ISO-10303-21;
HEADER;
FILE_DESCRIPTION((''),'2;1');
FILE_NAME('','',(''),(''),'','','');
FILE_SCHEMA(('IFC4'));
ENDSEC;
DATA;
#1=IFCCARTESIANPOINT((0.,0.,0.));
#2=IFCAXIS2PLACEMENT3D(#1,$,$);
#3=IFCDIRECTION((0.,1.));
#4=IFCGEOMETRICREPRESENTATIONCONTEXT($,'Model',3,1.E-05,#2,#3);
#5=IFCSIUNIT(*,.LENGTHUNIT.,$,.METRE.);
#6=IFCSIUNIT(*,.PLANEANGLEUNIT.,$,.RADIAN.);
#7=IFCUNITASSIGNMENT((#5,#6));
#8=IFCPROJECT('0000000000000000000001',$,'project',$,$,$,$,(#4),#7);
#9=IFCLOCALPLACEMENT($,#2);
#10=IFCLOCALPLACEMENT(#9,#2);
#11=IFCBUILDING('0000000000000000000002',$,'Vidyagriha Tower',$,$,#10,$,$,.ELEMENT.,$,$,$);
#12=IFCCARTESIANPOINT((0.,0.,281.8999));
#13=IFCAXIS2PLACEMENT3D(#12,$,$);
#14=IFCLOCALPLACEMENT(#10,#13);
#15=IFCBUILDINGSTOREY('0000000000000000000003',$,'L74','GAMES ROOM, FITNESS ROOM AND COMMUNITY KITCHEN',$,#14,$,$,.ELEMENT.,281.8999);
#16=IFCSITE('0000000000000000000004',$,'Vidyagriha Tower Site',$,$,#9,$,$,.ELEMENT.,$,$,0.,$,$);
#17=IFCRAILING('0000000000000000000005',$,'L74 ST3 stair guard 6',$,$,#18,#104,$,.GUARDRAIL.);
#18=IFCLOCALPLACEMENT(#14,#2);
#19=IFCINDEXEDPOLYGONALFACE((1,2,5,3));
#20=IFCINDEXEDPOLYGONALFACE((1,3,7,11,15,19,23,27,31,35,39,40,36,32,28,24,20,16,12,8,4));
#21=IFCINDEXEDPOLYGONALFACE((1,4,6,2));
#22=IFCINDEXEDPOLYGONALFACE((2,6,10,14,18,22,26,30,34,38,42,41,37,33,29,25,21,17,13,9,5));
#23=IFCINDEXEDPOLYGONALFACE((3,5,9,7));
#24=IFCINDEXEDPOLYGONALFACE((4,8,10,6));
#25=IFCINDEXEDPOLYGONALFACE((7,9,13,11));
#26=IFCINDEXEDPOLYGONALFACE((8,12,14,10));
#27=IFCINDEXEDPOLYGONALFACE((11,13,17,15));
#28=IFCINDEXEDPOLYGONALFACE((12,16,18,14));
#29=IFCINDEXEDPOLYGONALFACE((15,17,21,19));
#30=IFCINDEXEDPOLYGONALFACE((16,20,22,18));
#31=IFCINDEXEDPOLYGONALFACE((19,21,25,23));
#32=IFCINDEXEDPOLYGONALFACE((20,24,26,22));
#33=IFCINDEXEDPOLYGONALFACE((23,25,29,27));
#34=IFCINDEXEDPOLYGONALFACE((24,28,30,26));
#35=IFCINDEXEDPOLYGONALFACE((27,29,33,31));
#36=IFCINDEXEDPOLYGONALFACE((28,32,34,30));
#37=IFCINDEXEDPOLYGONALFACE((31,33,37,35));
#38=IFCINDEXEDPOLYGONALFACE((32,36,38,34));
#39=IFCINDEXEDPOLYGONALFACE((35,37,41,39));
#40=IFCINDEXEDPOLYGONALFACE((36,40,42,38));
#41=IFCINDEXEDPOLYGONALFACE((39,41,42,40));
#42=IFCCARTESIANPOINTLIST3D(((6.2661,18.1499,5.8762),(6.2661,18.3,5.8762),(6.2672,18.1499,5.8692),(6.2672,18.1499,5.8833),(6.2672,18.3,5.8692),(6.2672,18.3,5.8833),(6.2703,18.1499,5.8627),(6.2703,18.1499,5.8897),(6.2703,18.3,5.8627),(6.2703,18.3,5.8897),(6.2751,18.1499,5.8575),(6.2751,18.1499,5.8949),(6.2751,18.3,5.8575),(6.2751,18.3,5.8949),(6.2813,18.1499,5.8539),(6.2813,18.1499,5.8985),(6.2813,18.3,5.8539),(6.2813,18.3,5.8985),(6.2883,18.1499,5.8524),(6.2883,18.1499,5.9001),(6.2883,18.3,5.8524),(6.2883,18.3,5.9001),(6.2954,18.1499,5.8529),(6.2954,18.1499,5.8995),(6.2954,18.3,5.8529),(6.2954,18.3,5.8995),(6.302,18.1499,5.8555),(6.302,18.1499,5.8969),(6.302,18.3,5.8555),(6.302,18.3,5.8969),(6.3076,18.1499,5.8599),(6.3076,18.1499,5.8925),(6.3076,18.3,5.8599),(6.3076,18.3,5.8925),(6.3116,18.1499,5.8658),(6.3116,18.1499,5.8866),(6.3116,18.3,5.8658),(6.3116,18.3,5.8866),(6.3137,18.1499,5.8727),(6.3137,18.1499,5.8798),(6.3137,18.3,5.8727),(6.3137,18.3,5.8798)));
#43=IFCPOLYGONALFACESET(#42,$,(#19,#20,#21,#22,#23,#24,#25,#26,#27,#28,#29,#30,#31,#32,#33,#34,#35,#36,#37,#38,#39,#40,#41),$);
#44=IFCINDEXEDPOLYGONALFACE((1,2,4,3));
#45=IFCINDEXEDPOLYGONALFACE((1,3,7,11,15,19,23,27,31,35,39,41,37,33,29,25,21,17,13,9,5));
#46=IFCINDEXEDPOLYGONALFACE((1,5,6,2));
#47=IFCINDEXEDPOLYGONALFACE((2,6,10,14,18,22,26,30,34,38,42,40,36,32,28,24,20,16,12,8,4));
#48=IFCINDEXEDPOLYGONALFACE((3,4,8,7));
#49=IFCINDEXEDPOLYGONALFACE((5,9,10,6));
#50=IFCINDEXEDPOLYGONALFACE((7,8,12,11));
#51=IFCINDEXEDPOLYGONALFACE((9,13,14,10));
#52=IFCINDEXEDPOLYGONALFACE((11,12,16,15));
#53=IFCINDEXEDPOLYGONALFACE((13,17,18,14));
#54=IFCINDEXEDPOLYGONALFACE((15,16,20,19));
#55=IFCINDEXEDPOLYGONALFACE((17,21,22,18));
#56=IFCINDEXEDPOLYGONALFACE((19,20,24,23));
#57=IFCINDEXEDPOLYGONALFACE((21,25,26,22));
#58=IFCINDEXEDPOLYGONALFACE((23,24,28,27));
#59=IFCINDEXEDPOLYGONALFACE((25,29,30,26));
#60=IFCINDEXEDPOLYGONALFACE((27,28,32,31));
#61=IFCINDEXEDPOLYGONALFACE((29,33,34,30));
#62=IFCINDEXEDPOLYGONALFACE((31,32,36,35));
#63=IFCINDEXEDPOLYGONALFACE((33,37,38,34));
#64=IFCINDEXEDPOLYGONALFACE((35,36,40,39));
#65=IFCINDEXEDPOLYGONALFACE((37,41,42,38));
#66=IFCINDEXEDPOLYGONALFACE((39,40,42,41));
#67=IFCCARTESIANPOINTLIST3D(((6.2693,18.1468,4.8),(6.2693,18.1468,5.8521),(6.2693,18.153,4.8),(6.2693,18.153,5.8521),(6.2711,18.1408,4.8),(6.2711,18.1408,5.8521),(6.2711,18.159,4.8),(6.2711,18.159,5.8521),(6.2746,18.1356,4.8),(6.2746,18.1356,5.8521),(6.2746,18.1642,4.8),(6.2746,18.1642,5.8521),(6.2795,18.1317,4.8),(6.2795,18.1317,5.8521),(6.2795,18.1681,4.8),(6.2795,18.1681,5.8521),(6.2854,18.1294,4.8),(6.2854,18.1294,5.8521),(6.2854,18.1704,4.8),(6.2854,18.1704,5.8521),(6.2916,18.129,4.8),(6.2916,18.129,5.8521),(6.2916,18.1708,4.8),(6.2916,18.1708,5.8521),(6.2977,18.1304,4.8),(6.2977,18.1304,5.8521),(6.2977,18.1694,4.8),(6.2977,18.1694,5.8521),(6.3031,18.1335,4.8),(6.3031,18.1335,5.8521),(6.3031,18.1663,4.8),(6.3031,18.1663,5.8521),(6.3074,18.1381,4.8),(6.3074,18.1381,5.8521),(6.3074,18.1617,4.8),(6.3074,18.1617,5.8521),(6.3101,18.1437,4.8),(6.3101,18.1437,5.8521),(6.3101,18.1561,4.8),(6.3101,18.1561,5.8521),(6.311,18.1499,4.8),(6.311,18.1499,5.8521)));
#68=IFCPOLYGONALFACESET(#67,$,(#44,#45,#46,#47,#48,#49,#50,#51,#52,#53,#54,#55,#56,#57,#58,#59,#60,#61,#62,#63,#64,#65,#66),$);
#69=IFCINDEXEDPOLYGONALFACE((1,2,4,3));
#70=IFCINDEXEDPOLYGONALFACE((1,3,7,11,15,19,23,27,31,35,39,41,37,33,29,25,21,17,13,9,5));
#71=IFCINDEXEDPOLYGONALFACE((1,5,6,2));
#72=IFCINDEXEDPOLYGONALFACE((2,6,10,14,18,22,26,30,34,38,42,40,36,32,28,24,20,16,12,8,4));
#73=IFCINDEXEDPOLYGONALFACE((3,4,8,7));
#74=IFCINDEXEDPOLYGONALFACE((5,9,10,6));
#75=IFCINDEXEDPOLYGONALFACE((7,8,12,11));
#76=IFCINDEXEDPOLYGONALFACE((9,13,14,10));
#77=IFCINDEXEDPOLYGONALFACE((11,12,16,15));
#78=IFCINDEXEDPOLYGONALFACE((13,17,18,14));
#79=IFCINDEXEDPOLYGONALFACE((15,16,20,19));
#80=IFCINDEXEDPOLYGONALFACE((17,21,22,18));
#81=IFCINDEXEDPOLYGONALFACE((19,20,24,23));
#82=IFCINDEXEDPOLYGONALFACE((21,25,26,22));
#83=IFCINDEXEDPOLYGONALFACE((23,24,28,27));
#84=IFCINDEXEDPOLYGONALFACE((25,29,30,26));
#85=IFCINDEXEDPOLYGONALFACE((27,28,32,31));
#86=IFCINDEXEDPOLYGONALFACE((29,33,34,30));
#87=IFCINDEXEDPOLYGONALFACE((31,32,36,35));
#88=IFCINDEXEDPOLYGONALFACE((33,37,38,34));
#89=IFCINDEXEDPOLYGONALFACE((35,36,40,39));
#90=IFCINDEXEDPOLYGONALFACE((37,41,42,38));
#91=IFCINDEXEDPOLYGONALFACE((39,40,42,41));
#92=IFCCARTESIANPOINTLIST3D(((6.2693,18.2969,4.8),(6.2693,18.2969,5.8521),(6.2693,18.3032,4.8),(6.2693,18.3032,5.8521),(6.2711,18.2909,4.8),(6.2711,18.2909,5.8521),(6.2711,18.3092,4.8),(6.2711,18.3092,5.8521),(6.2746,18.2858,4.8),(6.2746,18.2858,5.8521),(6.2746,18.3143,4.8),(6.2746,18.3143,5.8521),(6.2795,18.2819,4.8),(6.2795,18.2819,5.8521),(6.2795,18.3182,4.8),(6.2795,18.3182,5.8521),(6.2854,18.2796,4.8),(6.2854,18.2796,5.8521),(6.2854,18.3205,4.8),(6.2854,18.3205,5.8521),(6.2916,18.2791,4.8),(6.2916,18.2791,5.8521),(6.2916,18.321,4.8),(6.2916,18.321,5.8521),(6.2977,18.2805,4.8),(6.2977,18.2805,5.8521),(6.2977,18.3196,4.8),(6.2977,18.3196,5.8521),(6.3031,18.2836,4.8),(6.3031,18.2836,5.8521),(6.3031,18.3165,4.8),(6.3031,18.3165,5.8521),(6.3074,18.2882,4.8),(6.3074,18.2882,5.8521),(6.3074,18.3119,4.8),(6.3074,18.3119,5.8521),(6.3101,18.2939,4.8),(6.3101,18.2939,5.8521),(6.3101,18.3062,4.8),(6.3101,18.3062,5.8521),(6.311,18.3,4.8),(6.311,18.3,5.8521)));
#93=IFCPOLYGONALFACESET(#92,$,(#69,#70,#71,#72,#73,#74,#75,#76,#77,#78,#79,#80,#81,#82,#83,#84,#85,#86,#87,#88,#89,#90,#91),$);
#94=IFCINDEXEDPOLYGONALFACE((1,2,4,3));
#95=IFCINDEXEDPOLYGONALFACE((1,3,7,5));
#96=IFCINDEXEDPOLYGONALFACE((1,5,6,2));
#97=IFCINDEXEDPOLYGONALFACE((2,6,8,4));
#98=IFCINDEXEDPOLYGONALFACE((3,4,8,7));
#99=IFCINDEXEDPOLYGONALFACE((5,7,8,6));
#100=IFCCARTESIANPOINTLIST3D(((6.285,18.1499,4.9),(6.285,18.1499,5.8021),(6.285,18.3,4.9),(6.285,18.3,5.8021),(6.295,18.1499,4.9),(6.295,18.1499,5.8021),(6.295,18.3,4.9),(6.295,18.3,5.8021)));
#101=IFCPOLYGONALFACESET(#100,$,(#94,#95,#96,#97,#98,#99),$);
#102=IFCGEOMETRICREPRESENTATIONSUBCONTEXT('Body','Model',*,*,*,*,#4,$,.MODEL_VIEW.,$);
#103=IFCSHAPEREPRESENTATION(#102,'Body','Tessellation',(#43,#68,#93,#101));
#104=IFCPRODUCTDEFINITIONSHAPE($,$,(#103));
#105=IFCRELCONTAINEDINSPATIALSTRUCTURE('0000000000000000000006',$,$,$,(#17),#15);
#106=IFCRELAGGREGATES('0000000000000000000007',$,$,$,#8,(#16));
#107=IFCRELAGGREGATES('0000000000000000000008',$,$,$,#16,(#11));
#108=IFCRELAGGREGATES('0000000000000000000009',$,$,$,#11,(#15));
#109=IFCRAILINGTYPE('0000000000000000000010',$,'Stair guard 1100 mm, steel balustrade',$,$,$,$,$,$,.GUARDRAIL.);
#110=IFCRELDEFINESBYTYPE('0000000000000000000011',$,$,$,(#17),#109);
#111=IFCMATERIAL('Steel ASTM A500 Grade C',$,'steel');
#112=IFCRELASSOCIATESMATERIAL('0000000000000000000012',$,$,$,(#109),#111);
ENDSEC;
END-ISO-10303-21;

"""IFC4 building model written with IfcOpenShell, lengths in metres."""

from ifc_helpers import new_model, si_unit, direction, frame, origin, origin_2d, place, context, subcontext, project, spatial, rectangle, circle, extrude, material, type_object, element, save


model = new_model("IFC4")

# Units and contexts
model_context = context("Model", 3, precision=1e-05, world=origin(), true_north=direction((0.0, 1.0)))
body_context = subcontext(model_context, "Body", "Model", "MODEL_VIEW")
ifc_project = project(units=[si_unit("LENGTHUNIT", "METRE"), si_unit("PLANEANGLEUNIT", "RADIAN")], contexts=[model_context])

# Site, building, storey
site_placement = place(None, origin())
site = spatial("IfcSite", under=ifc_project, at=site_placement, Name="Vidyagriha Tower Site", CompositionType="ELEMENT", RefElevation=0.0)
building_placement = place(site_placement, origin())
building = spatial("IfcBuilding", under=site, at=building_placement, Name="Vidyagriha Tower", CompositionType="ELEMENT")
storey_placement = place(building_placement, frame((0.0, 0.0, 281.8999)))
storey = spatial("IfcBuildingStorey", under=building, at=storey_placement, Name="L74", Description="GAMES ROOM, FITNESS ROOM AND COMMUNITY KITCHEN", CompositionType="ELEMENT", Elevation=281.8999)

# Railing
ifc_material_1 = material(Name="Steel ASTM A500 Grade C", Category="steel")
railing_type_1 = type_object("IfcRailingType", Name="Stair guard 1100 mm, steel balustrade", PredefinedType="GUARDRAIL", material=ifc_material_1)
railing_1_placement = place(storey_placement, frame((6.29, 18.1499, 4.8)))
element("IfcRailing", 1, at=railing_1_placement, inside=storey, type_object=railing_type_1, Name="L74 ST3 stair guard 6", PredefinedType="GUARDRAIL", context=body_context, shape_type="SweptSolid", body=[
    extrude(circle(Radius=0.0239, at=origin_2d()), frame((0.0, 0.0, 1.0762), z_axis=(0.0, 1.0, 0.0), x_axis=(-1.0, 0.0, 0.0)), (0.0, 0.0, 1.0), 0.1501),
    extrude(circle(Radius=0.021, at=origin_2d()), origin(), (0.0, 0.0, 1.0), 1.052),
    extrude(circle(Radius=0.021, at=origin_2d()), frame((0.0, 0.1501, 0.0)), (0.0, 0.0, 1.0), 1.052),
    extrude(rectangle(XDim=0.01, YDim=0.9021, at=origin_2d()), frame((0.0, 0.0, 0.551), z_axis=(0.0, 1.0, 0.0), x_axis=(-1.0, 0.0, 0.0)), (0.0, 0.0, 1.0), 0.1501),
])

save(model, "model.ifc")
